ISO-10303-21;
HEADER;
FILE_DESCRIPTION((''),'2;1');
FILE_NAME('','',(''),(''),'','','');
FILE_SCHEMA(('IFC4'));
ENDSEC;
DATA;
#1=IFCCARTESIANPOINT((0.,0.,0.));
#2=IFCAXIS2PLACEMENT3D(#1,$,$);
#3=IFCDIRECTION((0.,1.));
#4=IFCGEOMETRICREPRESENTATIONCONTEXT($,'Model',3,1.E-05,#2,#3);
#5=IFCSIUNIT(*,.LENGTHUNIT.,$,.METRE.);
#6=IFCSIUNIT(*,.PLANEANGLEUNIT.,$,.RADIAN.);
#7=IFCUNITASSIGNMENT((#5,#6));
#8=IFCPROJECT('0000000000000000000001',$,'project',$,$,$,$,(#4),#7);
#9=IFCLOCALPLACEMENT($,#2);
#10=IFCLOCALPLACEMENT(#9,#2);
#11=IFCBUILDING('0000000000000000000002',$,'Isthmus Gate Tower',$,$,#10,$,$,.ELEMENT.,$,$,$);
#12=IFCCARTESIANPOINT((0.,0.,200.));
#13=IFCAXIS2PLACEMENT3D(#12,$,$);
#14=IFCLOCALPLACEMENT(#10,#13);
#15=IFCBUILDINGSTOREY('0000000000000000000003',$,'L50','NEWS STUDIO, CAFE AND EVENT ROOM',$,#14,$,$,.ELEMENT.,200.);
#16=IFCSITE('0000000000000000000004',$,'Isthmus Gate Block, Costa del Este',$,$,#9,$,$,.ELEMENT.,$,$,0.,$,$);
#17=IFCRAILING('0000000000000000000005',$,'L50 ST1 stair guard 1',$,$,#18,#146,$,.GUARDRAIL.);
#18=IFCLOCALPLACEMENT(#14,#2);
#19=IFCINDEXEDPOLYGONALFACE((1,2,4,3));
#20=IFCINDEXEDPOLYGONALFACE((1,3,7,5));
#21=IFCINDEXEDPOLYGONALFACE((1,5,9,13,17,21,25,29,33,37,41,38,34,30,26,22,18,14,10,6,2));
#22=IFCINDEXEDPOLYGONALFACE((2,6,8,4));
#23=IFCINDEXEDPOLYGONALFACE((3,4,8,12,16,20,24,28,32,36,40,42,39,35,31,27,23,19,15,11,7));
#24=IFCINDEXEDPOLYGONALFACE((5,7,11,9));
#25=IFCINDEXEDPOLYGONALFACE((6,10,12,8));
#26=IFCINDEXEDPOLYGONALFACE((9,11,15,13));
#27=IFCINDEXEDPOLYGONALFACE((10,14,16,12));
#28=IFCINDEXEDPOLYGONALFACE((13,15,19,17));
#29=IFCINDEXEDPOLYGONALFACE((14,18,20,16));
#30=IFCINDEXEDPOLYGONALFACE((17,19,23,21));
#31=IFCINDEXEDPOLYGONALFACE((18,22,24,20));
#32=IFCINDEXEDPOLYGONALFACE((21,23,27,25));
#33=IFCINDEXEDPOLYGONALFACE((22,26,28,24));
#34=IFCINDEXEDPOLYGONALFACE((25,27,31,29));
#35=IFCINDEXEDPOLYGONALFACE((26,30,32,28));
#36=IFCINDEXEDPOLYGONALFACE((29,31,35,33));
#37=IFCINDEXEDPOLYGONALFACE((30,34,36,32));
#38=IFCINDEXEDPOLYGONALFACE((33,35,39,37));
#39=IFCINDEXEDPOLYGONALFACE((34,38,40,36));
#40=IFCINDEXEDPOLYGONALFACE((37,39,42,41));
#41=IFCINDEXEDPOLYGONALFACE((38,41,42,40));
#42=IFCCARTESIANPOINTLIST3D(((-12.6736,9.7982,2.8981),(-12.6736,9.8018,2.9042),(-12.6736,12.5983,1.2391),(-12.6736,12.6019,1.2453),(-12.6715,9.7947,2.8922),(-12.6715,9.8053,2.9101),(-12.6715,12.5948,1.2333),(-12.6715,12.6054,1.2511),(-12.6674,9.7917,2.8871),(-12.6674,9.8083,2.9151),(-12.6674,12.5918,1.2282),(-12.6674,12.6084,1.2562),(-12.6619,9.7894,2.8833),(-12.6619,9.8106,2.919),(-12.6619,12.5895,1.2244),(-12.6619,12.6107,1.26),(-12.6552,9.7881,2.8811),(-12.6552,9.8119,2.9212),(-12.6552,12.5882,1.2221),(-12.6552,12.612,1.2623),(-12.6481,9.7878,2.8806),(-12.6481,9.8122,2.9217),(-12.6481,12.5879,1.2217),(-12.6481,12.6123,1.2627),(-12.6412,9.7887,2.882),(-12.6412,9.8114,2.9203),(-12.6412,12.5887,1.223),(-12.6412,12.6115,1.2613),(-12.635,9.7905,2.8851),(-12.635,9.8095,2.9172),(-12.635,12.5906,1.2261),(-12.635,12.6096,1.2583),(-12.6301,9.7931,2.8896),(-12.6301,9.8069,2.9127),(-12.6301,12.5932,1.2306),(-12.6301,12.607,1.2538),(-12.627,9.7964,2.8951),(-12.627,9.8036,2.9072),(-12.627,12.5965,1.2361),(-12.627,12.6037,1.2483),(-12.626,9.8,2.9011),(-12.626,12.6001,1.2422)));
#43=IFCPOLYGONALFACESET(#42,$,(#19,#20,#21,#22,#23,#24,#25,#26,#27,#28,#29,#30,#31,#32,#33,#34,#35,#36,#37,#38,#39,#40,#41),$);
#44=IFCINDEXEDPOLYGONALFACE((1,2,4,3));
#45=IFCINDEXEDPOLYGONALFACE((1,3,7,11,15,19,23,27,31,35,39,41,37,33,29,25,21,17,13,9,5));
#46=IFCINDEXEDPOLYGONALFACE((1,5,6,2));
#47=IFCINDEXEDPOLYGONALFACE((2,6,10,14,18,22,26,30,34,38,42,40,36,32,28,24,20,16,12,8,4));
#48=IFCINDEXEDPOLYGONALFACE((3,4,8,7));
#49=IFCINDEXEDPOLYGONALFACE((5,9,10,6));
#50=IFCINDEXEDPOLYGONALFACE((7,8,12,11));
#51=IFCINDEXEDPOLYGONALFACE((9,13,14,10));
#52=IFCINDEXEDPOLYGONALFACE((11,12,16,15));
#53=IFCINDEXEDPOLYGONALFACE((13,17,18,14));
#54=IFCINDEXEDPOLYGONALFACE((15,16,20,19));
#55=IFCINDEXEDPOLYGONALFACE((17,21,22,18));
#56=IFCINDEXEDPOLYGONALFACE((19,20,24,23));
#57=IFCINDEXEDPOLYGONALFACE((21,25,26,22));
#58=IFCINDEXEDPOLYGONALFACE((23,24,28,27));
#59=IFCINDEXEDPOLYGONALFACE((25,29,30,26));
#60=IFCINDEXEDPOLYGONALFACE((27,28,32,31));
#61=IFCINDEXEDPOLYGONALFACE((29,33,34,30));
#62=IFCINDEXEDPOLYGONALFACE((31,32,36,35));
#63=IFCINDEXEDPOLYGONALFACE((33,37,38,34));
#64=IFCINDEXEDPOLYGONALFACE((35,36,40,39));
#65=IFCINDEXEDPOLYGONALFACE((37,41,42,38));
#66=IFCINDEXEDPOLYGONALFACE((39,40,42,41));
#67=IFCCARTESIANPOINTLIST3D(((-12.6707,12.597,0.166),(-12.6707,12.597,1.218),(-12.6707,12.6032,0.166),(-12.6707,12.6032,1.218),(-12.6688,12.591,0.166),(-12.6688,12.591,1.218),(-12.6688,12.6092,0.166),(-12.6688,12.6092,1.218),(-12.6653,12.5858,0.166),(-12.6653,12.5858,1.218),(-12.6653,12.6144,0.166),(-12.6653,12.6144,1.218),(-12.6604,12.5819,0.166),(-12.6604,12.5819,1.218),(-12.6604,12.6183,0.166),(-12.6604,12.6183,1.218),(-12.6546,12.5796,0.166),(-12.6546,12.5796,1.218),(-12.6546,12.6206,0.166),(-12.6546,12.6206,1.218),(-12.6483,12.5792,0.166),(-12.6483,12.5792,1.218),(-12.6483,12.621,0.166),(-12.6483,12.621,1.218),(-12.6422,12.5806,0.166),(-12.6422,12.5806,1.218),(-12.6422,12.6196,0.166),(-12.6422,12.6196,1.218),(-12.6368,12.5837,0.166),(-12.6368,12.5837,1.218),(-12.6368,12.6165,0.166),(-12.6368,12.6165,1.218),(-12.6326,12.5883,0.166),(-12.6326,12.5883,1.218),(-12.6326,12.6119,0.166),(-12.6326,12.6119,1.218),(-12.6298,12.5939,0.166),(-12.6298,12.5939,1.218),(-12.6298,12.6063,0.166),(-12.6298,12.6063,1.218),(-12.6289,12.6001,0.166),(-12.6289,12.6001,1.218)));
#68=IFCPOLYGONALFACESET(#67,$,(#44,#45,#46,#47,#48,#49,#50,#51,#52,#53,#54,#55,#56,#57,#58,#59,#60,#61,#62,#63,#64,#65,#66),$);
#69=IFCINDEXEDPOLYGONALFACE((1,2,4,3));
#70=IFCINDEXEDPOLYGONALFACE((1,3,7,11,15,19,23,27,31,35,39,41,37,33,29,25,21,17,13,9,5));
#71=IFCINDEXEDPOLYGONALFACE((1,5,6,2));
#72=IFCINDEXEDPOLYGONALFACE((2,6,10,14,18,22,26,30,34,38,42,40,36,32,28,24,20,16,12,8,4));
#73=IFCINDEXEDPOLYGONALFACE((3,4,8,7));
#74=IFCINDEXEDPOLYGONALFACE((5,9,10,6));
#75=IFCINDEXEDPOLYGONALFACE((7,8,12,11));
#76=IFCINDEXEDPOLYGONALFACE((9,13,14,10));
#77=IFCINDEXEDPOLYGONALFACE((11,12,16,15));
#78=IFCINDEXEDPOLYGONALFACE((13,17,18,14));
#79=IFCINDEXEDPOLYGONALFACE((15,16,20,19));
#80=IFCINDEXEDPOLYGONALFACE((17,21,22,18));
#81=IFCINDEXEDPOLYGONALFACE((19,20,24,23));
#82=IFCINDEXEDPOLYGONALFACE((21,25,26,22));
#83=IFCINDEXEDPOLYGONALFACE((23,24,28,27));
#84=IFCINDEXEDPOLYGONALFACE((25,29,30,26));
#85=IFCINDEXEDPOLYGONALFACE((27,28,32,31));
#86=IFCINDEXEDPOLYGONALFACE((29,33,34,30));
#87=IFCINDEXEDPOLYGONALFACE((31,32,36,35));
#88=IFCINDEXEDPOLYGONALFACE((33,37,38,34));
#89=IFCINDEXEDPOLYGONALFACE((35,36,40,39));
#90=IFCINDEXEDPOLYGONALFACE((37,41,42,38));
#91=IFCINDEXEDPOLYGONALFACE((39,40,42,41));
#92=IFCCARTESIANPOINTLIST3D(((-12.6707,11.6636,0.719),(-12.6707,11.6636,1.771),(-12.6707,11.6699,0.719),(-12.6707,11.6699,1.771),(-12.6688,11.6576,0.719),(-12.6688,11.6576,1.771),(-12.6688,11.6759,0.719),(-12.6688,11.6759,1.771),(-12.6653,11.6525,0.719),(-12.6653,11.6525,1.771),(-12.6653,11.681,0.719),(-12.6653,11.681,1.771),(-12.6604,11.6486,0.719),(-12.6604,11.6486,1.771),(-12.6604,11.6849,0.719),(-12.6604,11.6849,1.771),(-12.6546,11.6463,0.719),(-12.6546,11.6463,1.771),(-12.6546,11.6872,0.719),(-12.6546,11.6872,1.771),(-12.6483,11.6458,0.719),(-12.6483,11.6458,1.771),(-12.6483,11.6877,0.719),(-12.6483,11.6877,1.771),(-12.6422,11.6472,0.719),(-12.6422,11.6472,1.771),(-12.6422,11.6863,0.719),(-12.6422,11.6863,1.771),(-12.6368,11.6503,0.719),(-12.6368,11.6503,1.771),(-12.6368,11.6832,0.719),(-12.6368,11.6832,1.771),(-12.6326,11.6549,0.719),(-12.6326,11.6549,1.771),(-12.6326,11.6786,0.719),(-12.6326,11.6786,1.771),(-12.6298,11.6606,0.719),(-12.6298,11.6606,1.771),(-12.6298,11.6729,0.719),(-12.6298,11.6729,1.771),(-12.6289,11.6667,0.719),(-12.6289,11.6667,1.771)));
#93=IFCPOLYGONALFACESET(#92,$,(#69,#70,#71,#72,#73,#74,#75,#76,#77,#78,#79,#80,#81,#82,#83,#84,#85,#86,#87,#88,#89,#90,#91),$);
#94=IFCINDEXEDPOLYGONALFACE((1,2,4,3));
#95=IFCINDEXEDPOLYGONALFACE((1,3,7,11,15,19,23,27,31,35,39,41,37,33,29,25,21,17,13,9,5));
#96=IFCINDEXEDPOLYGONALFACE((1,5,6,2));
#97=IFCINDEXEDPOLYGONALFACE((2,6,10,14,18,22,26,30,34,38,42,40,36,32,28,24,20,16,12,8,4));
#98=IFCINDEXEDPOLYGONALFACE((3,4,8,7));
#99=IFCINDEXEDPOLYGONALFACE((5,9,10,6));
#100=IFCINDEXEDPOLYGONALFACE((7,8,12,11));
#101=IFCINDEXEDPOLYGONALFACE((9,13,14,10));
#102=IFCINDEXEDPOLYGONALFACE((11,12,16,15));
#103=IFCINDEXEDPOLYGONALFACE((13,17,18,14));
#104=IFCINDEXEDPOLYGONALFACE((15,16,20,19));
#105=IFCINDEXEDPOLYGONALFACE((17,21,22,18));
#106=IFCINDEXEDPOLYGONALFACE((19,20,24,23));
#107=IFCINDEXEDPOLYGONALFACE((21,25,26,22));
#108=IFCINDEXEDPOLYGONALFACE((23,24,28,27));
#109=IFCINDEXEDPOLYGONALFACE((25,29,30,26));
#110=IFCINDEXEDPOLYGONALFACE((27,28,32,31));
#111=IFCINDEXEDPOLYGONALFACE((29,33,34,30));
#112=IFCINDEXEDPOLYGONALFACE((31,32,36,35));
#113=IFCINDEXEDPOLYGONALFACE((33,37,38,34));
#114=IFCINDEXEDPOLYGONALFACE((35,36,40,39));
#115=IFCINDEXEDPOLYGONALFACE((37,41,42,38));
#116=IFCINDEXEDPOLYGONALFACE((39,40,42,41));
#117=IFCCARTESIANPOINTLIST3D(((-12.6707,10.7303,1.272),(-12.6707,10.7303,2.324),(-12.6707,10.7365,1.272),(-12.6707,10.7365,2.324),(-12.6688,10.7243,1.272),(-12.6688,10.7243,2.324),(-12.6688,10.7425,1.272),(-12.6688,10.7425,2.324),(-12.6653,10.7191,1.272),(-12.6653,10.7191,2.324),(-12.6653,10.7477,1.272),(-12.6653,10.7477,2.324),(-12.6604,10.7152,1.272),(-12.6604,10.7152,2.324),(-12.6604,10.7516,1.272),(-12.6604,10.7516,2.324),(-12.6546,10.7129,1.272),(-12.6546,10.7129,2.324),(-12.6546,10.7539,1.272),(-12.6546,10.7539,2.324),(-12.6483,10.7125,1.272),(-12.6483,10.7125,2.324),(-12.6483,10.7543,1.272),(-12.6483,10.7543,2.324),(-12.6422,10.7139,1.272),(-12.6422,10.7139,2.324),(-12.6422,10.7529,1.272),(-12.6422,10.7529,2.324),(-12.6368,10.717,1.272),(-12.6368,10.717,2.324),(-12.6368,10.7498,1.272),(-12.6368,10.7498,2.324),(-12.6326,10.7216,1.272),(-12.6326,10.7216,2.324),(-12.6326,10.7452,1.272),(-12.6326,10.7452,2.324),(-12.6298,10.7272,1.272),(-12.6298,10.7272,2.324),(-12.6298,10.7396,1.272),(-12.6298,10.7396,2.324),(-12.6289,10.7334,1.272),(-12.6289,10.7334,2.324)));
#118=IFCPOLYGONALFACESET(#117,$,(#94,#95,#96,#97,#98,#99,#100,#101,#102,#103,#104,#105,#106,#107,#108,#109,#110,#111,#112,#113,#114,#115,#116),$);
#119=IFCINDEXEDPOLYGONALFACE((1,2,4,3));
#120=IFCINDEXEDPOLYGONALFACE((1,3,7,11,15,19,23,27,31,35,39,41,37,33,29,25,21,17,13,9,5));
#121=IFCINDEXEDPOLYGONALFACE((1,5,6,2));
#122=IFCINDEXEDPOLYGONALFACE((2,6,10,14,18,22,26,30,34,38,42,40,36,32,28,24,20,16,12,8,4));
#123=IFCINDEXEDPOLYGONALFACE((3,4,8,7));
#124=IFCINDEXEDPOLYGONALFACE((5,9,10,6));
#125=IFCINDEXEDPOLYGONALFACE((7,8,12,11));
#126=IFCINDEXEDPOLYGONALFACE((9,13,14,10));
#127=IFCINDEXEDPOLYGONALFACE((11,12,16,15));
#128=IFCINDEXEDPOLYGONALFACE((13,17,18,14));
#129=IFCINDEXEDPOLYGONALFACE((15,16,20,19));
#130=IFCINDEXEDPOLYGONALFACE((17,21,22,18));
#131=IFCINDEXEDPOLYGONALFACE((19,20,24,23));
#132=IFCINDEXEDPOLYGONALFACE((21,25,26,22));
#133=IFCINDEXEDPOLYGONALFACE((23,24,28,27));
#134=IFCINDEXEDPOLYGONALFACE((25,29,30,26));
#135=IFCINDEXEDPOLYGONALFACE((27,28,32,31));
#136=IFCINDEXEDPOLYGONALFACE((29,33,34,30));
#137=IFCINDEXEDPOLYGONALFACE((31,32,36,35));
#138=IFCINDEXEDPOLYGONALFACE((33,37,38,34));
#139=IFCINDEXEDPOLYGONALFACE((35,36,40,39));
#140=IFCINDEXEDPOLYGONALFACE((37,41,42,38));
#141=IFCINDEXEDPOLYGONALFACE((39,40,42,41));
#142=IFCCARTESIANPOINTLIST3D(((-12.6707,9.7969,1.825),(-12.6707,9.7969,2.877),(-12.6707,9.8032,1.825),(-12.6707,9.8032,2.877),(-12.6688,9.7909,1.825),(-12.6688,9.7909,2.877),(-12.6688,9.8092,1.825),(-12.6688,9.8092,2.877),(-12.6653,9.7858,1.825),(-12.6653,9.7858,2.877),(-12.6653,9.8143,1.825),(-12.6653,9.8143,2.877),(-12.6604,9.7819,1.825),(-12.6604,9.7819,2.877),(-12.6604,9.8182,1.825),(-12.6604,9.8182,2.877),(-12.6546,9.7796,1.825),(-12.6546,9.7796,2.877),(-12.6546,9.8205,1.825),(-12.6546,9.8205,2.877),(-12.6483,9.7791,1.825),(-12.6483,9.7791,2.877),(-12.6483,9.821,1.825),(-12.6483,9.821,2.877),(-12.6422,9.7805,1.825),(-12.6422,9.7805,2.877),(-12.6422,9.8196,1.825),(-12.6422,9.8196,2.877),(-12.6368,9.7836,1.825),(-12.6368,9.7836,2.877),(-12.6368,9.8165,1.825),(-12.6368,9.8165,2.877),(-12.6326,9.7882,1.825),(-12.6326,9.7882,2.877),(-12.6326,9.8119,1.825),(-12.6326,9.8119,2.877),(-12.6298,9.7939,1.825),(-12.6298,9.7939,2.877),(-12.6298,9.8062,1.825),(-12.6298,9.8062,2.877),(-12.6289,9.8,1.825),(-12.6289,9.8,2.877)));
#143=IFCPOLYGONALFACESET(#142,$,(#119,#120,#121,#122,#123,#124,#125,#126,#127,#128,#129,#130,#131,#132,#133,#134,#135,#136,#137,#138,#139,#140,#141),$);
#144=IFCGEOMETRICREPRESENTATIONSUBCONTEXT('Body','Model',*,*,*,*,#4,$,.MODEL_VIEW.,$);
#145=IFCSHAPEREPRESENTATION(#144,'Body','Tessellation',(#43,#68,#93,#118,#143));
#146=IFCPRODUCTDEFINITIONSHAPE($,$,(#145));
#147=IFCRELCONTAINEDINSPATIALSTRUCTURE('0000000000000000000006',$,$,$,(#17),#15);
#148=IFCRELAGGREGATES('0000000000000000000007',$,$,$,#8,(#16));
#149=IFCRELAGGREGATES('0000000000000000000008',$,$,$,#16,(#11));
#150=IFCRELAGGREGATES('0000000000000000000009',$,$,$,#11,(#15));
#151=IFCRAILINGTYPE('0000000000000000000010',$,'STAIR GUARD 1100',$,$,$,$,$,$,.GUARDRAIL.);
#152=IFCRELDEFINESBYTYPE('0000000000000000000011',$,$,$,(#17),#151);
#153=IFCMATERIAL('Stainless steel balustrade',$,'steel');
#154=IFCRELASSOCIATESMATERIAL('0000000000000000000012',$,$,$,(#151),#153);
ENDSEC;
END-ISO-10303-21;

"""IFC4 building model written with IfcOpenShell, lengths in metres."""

from ifc_helpers import new_model, si_unit, direction, frame, origin, origin_2d, place, context, subcontext, project, spatial, circle, extrude, material, type_object, element, save


model = new_model("IFC4")

# Units and contexts
model_context = context("Model", 3, precision=1e-05, world=origin(), true_north=direction((0.0, 1.0)))
body_context = subcontext(model_context, "Body", "Model", "MODEL_VIEW")
ifc_project = project(units=[si_unit("LENGTHUNIT", "METRE"), si_unit("PLANEANGLEUNIT", "RADIAN")], contexts=[model_context])

# Site, building, storey
site_placement = place(None, origin())
site = spatial("IfcSite", under=ifc_project, at=site_placement, Name="Isthmus Gate Block, Costa del Este", CompositionType="ELEMENT", RefElevation=0.0)
building_placement = place(site_placement, origin())
building = spatial("IfcBuilding", under=site, at=building_placement, Name="Isthmus Gate Tower", CompositionType="ELEMENT")
storey_placement = place(building_placement, frame((0.0, 0.0, 200.0)))
storey = spatial("IfcBuildingStorey", under=building, at=storey_placement, Name="L50", Description="NEWS STUDIO, CAFE AND EVENT ROOM", CompositionType="ELEMENT", Elevation=200.0)

# Railing
ifc_material_1 = material(Name="Stainless steel balustrade", Category="steel")
railing_type_1 = type_object("IfcRailingType", Name="STAIR GUARD 1100", PredefinedType="GUARDRAIL", material=ifc_material_1)
railing_1_placement = place(storey_placement, frame((-12.6499, 12.6001, 0.166)))
element("IfcRailing", 1, at=railing_1_placement, inside=storey, type_object=railing_type_1, Name="L50 ST1 stair guard 1", PredefinedType="GUARDRAIL", context=body_context, shape_type="SweptSolid", body=[
    extrude(circle(Radius=0.0239, at=origin_2d()), frame((0.0, 0.0, 1.0762), z_axis=(0.0, -0.860339, 0.509722), x_axis=(1.0, 0.0, 0.0)), (0.0, 0.0, 1.0), 3.2546),
    extrude(circle(Radius=0.021, at=origin_2d()), origin(), (0.0, 0.0, 1.0), 1.052),
    extrude(circle(Radius=0.021, at=origin_2d()), frame((0.0, -0.9333, 0.553)), (0.0, 0.0, 1.0), 1.052),
    extrude(circle(Radius=0.021, at=origin_2d()), frame((0.0, -1.8667, 1.106)), (0.0, 0.0, 1.0), 1.052),
    extrude(circle(Radius=0.021, at=origin_2d()), frame((0.0, -2.8, 1.6589)), (0.0, 0.0, 1.0), 1.052),
])

save(model, "model.ifc")
